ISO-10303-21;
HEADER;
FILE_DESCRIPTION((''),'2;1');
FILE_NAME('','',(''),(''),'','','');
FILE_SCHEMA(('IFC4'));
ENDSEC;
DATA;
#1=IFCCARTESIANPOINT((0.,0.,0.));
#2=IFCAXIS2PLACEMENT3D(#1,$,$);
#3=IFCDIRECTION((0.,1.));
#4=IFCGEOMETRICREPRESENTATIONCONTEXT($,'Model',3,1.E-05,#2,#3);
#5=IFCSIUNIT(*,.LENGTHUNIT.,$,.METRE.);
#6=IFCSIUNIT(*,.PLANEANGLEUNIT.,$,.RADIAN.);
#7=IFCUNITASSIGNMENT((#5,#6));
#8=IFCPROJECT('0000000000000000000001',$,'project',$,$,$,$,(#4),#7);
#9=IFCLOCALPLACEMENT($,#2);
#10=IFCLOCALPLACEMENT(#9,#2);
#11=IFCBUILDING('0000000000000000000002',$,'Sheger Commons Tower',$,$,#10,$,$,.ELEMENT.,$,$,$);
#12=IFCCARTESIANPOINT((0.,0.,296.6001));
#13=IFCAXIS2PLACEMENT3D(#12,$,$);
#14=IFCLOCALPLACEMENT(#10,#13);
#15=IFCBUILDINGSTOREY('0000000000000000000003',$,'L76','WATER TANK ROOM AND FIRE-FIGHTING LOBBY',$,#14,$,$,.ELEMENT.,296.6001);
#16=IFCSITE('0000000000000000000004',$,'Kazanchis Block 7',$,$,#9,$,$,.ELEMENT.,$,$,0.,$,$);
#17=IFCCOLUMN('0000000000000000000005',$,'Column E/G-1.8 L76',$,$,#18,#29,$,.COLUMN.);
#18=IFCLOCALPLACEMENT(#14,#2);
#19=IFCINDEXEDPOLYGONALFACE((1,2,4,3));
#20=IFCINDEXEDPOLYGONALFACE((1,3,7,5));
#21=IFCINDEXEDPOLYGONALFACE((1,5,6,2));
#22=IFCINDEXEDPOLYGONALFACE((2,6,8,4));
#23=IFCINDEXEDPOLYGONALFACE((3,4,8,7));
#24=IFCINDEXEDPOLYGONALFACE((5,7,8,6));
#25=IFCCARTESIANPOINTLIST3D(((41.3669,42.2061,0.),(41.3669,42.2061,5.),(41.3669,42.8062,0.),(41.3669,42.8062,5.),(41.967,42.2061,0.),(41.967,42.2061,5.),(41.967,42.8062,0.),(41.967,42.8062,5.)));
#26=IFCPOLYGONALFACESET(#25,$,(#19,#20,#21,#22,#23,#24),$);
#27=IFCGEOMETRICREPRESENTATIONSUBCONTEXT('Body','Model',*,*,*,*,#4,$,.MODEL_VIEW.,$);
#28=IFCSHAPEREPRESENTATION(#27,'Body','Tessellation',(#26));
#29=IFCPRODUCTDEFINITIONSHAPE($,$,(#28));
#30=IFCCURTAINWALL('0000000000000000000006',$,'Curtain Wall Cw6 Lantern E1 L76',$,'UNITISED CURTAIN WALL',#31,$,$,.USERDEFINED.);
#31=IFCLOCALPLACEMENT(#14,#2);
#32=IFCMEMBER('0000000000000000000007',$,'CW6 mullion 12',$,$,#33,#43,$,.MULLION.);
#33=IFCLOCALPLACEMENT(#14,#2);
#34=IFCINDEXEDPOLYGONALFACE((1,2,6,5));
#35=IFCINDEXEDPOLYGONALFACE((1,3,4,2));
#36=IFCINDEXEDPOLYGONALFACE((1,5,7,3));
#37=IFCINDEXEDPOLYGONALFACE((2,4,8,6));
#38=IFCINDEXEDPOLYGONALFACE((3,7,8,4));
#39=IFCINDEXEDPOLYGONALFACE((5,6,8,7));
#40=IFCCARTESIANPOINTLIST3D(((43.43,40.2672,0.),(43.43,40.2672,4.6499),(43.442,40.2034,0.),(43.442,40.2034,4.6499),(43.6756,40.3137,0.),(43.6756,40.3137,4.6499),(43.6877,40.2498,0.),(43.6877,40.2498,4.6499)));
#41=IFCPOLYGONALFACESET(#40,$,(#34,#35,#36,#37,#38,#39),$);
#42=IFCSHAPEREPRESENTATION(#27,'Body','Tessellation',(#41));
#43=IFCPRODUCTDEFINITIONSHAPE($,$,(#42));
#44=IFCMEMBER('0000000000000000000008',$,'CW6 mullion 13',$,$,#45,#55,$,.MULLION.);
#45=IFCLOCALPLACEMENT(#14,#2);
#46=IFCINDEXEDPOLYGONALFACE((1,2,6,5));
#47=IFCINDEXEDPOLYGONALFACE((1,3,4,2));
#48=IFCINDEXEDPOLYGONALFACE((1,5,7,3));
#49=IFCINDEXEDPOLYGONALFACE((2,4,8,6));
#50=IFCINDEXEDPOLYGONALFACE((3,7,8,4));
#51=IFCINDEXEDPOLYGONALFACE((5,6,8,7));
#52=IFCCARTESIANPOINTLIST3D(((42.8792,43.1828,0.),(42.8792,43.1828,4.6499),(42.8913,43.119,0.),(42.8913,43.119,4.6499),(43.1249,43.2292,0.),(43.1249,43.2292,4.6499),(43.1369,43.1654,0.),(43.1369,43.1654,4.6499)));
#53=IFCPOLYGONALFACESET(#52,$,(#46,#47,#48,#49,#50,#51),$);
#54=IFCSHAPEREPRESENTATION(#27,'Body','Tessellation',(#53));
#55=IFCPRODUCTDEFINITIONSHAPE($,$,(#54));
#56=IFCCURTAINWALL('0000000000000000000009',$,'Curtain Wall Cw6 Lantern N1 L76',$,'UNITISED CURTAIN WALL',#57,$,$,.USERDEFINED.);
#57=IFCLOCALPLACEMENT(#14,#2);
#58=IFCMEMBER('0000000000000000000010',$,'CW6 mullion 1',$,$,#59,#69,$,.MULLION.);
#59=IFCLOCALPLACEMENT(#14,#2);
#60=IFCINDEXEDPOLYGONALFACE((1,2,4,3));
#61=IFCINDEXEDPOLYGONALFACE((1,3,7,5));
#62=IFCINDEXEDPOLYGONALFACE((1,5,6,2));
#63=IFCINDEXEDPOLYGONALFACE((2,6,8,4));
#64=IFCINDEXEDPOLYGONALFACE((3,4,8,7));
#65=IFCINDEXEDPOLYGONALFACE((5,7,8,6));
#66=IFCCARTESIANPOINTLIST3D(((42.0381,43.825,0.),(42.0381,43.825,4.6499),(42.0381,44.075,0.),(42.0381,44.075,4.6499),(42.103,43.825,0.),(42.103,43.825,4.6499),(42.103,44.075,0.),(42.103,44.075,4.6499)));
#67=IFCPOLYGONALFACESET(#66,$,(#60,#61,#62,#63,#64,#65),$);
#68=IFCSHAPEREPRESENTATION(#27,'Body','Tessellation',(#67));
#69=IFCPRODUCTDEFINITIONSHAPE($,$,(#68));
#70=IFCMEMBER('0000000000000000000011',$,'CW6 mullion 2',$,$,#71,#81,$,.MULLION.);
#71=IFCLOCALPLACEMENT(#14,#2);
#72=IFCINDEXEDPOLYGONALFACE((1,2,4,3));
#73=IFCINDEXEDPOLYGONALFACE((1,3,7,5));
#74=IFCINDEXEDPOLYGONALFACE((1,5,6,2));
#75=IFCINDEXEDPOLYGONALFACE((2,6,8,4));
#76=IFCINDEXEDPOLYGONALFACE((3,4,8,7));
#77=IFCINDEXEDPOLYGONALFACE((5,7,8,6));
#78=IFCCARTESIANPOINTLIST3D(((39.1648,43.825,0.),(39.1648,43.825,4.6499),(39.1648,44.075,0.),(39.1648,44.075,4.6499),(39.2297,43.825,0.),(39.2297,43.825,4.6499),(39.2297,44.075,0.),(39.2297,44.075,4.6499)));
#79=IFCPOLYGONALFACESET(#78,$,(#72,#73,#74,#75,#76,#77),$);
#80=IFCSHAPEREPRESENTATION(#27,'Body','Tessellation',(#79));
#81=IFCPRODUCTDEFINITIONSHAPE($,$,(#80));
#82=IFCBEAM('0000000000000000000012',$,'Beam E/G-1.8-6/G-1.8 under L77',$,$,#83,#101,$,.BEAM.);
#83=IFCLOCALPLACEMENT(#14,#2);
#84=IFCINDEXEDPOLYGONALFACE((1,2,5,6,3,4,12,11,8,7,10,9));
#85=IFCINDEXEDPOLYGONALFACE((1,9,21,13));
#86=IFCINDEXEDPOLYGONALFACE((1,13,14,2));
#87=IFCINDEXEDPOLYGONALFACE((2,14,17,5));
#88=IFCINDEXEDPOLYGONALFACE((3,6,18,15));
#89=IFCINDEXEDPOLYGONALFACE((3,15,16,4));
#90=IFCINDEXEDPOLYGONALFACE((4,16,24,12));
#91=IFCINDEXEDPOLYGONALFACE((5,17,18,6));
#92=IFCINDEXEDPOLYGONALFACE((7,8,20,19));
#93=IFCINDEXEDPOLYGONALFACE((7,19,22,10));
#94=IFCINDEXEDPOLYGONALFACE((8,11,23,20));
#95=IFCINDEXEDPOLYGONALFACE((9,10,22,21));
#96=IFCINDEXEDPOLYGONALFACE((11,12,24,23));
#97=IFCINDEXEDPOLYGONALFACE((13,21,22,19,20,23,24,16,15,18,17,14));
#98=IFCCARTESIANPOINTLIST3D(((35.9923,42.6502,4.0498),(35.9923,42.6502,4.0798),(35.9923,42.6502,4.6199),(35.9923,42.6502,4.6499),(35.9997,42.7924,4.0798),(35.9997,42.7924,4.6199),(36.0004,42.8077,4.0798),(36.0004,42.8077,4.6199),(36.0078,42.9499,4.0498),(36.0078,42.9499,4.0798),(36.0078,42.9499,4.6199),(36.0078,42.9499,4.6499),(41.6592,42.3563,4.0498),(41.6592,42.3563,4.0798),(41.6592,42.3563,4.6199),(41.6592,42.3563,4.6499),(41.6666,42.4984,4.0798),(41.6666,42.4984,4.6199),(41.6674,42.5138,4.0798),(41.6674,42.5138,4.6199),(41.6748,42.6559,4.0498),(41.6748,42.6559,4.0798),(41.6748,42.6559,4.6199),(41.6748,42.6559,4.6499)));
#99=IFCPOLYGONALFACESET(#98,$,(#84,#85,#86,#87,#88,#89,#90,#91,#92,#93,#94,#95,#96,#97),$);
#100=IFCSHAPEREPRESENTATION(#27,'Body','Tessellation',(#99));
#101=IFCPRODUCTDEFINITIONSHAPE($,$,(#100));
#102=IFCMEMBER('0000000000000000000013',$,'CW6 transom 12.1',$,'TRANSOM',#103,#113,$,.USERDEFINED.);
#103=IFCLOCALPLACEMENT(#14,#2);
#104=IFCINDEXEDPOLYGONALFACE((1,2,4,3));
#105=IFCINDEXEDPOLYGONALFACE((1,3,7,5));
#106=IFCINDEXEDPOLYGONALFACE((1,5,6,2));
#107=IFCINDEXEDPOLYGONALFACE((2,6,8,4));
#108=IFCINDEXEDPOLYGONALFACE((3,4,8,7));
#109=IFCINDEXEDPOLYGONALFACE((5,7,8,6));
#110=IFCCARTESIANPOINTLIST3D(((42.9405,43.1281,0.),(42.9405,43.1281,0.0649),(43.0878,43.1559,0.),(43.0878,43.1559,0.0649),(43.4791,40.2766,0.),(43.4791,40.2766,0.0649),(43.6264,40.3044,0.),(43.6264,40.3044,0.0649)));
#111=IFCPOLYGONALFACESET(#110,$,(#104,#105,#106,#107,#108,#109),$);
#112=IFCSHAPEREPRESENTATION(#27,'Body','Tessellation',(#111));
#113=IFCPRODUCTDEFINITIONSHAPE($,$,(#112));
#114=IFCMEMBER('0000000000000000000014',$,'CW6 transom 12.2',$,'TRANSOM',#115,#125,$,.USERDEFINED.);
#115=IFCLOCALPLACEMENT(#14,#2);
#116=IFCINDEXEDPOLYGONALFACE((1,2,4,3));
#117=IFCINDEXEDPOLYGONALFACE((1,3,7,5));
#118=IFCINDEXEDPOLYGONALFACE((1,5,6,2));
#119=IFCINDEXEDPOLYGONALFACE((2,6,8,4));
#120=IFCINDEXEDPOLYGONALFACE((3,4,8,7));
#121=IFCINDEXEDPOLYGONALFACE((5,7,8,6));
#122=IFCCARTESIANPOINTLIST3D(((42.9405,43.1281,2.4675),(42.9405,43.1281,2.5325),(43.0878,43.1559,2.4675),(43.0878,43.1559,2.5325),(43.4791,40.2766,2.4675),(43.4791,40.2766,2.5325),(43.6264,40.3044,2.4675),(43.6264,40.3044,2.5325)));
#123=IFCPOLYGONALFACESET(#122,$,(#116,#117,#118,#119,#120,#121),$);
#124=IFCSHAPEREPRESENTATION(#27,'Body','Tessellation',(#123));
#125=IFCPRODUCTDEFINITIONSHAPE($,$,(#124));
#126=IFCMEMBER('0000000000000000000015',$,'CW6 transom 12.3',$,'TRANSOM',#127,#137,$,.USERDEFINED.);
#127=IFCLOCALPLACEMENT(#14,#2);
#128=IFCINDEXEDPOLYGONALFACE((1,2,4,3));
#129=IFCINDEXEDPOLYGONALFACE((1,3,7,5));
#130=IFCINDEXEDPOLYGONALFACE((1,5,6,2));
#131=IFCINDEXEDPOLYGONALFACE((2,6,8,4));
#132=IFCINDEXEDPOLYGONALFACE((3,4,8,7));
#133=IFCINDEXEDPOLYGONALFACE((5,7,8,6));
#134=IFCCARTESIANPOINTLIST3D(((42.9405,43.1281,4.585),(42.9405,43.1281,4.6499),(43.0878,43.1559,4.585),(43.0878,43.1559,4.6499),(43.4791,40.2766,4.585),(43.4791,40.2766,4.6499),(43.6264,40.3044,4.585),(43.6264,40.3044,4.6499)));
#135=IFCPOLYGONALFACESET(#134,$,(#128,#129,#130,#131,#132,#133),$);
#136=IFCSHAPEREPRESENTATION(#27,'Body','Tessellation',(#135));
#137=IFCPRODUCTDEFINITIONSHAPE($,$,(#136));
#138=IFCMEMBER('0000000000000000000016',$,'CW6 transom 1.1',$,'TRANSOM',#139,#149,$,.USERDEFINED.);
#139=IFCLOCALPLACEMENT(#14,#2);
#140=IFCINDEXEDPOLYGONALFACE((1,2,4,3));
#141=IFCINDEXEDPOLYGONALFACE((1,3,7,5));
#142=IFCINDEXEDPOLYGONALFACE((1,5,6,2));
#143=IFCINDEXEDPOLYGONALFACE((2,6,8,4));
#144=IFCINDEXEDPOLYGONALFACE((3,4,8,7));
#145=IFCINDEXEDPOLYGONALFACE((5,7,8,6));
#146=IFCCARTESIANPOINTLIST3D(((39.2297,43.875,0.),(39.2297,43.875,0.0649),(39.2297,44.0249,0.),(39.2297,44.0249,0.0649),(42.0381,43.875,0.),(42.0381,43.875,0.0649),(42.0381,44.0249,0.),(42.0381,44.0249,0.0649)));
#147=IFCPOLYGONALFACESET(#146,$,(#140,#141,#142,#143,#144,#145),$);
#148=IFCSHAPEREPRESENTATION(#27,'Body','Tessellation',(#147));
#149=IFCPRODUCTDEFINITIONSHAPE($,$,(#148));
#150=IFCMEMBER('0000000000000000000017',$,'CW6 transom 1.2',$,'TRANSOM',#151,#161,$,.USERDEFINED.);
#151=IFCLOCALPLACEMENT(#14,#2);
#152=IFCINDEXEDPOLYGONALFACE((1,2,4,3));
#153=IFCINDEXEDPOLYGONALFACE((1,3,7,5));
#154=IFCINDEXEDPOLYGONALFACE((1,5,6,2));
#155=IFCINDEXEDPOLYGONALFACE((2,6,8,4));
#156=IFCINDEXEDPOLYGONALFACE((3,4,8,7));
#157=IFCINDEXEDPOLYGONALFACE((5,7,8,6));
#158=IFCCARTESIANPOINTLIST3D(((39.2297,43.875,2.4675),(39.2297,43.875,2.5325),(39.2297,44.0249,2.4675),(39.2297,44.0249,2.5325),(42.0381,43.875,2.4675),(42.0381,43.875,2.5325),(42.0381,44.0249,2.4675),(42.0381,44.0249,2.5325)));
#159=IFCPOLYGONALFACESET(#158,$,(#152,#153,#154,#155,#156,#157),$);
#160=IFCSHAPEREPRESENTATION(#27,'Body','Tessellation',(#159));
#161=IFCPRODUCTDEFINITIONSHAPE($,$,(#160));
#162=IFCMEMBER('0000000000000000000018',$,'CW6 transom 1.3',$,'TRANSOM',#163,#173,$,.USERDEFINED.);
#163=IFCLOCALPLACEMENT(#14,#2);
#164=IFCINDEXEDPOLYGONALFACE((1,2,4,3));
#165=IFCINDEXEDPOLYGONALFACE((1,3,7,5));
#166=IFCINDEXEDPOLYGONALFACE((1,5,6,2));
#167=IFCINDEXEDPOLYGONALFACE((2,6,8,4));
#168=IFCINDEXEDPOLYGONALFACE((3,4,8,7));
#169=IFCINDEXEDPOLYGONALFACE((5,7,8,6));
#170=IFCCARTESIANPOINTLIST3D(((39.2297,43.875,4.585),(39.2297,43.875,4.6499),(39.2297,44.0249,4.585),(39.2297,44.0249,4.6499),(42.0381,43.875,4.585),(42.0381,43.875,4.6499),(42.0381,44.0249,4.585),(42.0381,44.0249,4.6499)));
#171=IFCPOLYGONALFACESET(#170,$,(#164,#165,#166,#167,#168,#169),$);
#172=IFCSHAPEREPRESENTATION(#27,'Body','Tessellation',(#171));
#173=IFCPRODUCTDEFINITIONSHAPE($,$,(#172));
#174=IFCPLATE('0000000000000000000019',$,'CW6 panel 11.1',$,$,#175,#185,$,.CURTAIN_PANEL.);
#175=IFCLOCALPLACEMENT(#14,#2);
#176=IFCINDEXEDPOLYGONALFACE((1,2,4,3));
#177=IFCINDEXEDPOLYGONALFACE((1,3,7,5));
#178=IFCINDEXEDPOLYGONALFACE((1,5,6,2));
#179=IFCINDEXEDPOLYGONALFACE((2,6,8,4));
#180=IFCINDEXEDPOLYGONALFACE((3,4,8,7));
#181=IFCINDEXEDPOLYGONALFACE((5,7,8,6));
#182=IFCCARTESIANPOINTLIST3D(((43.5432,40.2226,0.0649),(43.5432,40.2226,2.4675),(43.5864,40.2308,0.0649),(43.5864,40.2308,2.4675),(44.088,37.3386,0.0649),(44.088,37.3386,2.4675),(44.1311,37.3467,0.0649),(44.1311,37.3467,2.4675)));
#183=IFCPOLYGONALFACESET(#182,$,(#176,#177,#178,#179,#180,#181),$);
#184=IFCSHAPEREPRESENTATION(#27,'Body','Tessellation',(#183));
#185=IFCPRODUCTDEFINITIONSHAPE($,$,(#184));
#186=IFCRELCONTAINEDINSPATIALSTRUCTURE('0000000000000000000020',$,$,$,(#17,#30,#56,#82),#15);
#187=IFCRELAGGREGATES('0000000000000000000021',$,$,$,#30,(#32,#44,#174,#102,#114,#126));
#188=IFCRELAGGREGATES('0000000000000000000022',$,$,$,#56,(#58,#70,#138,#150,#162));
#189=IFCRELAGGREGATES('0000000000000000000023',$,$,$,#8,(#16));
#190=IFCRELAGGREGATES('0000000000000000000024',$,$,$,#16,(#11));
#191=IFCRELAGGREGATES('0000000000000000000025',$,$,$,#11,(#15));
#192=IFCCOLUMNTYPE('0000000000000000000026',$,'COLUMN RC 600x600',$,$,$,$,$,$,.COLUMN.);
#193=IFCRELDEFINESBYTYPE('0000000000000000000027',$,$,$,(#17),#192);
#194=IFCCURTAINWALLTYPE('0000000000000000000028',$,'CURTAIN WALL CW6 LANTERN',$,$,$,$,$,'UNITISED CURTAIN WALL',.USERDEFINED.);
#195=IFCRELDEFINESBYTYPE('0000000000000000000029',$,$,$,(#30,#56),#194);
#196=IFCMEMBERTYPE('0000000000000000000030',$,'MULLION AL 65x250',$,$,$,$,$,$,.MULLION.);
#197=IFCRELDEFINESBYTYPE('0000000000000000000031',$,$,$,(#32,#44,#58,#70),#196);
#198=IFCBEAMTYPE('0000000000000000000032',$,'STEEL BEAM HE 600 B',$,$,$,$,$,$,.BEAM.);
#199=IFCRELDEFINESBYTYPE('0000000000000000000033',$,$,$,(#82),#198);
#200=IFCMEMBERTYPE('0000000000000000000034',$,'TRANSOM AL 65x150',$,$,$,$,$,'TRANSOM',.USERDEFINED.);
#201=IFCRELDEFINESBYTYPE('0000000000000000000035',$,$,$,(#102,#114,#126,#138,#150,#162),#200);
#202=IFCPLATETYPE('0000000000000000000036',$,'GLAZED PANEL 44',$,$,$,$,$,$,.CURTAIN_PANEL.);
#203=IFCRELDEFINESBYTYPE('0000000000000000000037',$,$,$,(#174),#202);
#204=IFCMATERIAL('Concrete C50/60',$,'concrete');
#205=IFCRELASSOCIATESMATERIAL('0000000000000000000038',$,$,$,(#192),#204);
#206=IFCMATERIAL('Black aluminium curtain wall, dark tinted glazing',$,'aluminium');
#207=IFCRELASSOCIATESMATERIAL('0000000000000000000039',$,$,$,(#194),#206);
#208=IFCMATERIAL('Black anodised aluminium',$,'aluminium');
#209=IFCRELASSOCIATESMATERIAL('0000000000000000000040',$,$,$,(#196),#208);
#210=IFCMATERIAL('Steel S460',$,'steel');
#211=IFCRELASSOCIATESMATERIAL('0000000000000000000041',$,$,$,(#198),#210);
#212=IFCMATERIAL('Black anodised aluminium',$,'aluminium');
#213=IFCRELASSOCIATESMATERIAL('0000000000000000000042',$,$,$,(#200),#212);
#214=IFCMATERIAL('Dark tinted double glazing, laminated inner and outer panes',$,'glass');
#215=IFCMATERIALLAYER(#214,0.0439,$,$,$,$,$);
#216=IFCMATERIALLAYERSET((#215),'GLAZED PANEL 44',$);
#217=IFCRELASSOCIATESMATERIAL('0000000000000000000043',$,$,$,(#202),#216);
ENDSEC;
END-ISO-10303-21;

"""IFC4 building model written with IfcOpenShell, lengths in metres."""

from ifc_helpers import new_model, si_unit, direction, frame, origin, origin_2d, place, context, subcontext, project, spatial, rectangle, i_section, extrude, material, layer, layer_set, material_profile, profile_set, type_object, element, aggregate, save


model = new_model("IFC4")

# Units and contexts
model_context = context("Model", 3, precision=1e-05, world=origin(), true_north=direction((0.0, 1.0)))
body_context = subcontext(model_context, "Body", "Model", "MODEL_VIEW")
ifc_project = project(units=[si_unit("LENGTHUNIT", "METRE"), si_unit("PLANEANGLEUNIT", "RADIAN")], contexts=[model_context])

# Site, building, storey
site_placement = place(None, origin())
site = spatial("IfcSite", under=ifc_project, at=site_placement, Name="Kazanchis Block 7", CompositionType="ELEMENT", RefElevation=0.0)
building_placement = place(site_placement, origin())
building = spatial("IfcBuilding", under=site, at=building_placement, Name="Sheger Commons Tower", CompositionType="ELEMENT")
storey_placement = place(building_placement, frame((0.0, 0.0, 296.6001)))
storey = spatial("IfcBuildingStorey", under=building, at=storey_placement, Name="L76", Description="WATER TANK ROOM AND FIRE-FIGHTING LOBBY", CompositionType="ELEMENT", Elevation=296.6001)

# Column
ifc_material_1 = material(Name="Concrete C50/60", Category="concrete")
ifc_material_profile_1 = material_profile(ifc_material_1, rectangle(XDim=0.6001, YDim=0.6001, at=origin_2d()), Name="RC 600x600")
ifc_profile_set_1 = profile_set([ifc_material_profile_1], Name="Concrete C50/60")
column_type = type_object("IfcColumnType", Name="COLUMN RC 600x600", PredefinedType="COLUMN", material=ifc_profile_set_1)
column_placement = place(storey_placement, frame((41.667, 42.5061, 0.0), z_axis=(0.0, 0.0, 1.0), x_axis=(1.0, 0.0, 0.0)))
element("IfcColumn", 1, at=column_placement, inside=storey, type_object=column_type, Name="Column E/G-1.8 L76", PredefinedType="COLUMN", context=body_context, shape_type="SweptSolid", body=[
    extrude(rectangle(XDim=0.6001, YDim=0.6001, at=origin_2d()), origin(), (0.0, 0.0, 1.0), 5.0),
])

# Curtain walls, members
ifc_material_2 = material(Name="Black aluminium curtain wall, dark tinted glazing", Category="aluminium")
curtain_wall_type = type_object("IfcCurtainWallType", Name="CURTAIN WALL CW6 LANTERN", ElementType="UNITISED CURTAIN WALL", PredefinedType="USERDEFINED", material=ifc_material_2)
curtain_wall_1_placement = place(storey_placement, origin())
curtain_wall_1 = element("IfcCurtainWall", 2, at=curtain_wall_1_placement, inside=storey, type_object=curtain_wall_type, Name="Curtain Wall Cw6 Lantern E1 L76", ObjectType="UNITISED CURTAIN WALL", PredefinedType="USERDEFINED")
ifc_material_3 = material(Name="Black anodised aluminium", Category="aluminium")
ifc_material_profile_2 = material_profile(ifc_material_3, rectangle(XDim=0.25, YDim=0.0649, at=origin_2d()), Name="AL 65x250")
ifc_profile_set_2 = profile_set([ifc_material_profile_2], Name="Black anodised aluminium")
member_type_1 = type_object("IfcMemberType", Name="MULLION AL 65x250", PredefinedType="MULLION", material=ifc_profile_set_2)
member_1_placement = place(storey_placement, frame((43.5588, 40.2585, 0.0), z_axis=(0.0, 0.0, 1.0), x_axis=(-0.982623, -0.185613, 0.0)))
member_1 = element("IfcMember", 3, at=member_1_placement, type_object=member_type_1, Name="CW6 mullion 12", PredefinedType="MULLION", context=body_context, shape_type="SweptSolid", body=[
    extrude(rectangle(XDim=0.25, YDim=0.0649, at=origin_2d()), origin(), (0.0, 0.0, 1.0), 4.6499),
])
member_2_placement = place(storey_placement, frame((43.0081, 43.1741, 0.0), z_axis=(0.0, 0.0, 1.0), x_axis=(-0.982623, -0.185613, 0.0)))
member_2 = element("IfcMember", 4, at=member_2_placement, type_object=member_type_1, Name="CW6 mullion 13", PredefinedType="MULLION", context=body_context, shape_type="SweptSolid", body=[
    extrude(rectangle(XDim=0.25, YDim=0.0649, at=origin_2d()), origin(), (0.0, 0.0, 1.0), 4.6499),
])
curtain_wall_2_placement = place(storey_placement, origin())
curtain_wall_2 = element("IfcCurtainWall", 5, at=curtain_wall_2_placement, inside=storey, type_object=curtain_wall_type, Name="Curtain Wall Cw6 Lantern N1 L76", ObjectType="UNITISED CURTAIN WALL", PredefinedType="USERDEFINED")
member_3_placement = place(storey_placement, frame((42.0706, 43.95, 0.0), z_axis=(0.0, 0.0, 1.0), x_axis=(0.0, -1.0, 0.0)))
member_3 = element("IfcMember", 6, at=member_3_placement, type_object=member_type_1, Name="CW6 mullion 1", PredefinedType="MULLION", context=body_context, shape_type="SweptSolid", body=[
    extrude(rectangle(XDim=0.25, YDim=0.0649, at=origin_2d()), origin(), (0.0, 0.0, 1.0), 4.6499),
])
member_4_placement = place(storey_placement, frame((39.1973, 43.95, 0.0), z_axis=(0.0, 0.0, 1.0), x_axis=(0.0, -1.0, 0.0)))
member_4 = element("IfcMember", 7, at=member_4_placement, type_object=member_type_1, Name="CW6 mullion 2", PredefinedType="MULLION", context=body_context, shape_type="SweptSolid", body=[
    extrude(rectangle(XDim=0.25, YDim=0.0649, at=origin_2d()), origin(), (0.0, 0.0, 1.0), 4.6499),
])

# Beam
ifc_material_4 = material(Name="Steel S460", Category="steel")
ifc_material_profile_3 = material_profile(ifc_material_4, i_section(OverallWidth=0.3, OverallDepth=0.6001, WebThickness=0.0154, FlangeThickness=0.03, at=origin_2d()), Name="HE 600 B")
ifc_profile_set_3 = profile_set([ifc_material_profile_3], Name="Steel S460")
beam_type = type_object("IfcBeamType", Name="STEEL BEAM HE 600 B", PredefinedType="BEAM", material=ifc_profile_set_3)
beam_placement = place(storey_placement, frame((41.667, 42.5061, 4.3499), z_axis=(-0.998657, 0.0518, 0.0), x_axis=(-0.0518, -0.998657, 0.0)))
element("IfcBeam", 8, at=beam_placement, inside=storey, type_object=beam_type, Name="Beam E/G-1.8-6/G-1.8 under L77", PredefinedType="BEAM", context=body_context, shape_type="SweptSolid", body=[
    extrude(i_section(OverallWidth=0.3, OverallDepth=0.6001, WebThickness=0.0154, FlangeThickness=0.03, at=origin_2d()), origin(), (0.0, 0.0, 1.0), 5.6746),
])

# Members
ifc_material_5 = material(Name="Black anodised aluminium", Category="aluminium")
ifc_material_profile_4 = material_profile(ifc_material_5, rectangle(XDim=0.1499, YDim=0.0649, at=origin_2d()), Name="AL 65x150")
ifc_profile_set_4 = profile_set([ifc_material_profile_4], Name="Black anodised aluminium")
member_type_2 = type_object("IfcMemberType", Name="TRANSOM AL 65x150", ElementType="TRANSOM", PredefinedType="USERDEFINED", material=ifc_profile_set_4)
member_5_placement = place(storey_placement, frame((43.5527, 40.2905, 0.0325), z_axis=(-0.185589, 0.982628, 0.0), x_axis=(-0.982628, -0.185589, 0.0)))
member_5 = element("IfcMember", 9, at=member_5_placement, type_object=member_type_2, Name="CW6 transom 12.1", ObjectType="TRANSOM", PredefinedType="USERDEFINED", context=body_context, shape_type="SweptSolid", body=[
    extrude(rectangle(XDim=0.1499, YDim=0.0649, at=origin_2d()), origin(), (0.0, 0.0, 1.0), 2.9019),
])
member_6_placement = place(storey_placement, frame((43.5527, 40.2905, 2.5), z_axis=(-0.185589, 0.982628, 0.0), x_axis=(-0.982628, -0.185589, 0.0)))
member_6 = element("IfcMember", 10, at=member_6_placement, type_object=member_type_2, Name="CW6 transom 12.2", ObjectType="TRANSOM", PredefinedType="USERDEFINED", context=body_context, shape_type="SweptSolid", body=[
    extrude(rectangle(XDim=0.1499, YDim=0.0649, at=origin_2d()), origin(), (0.0, 0.0, 1.0), 2.9019),
])
member_7_placement = place(storey_placement, frame((43.5527, 40.2905, 4.6174), z_axis=(-0.185589, 0.982628, 0.0), x_axis=(-0.982628, -0.185589, 0.0)))
member_7 = element("IfcMember", 11, at=member_7_placement, type_object=member_type_2, Name="CW6 transom 12.3", ObjectType="TRANSOM", PredefinedType="USERDEFINED", context=body_context, shape_type="SweptSolid", body=[
    extrude(rectangle(XDim=0.1499, YDim=0.0649, at=origin_2d()), origin(), (0.0, 0.0, 1.0), 2.9019),
])
member_8_placement = place(storey_placement, frame((42.0381, 43.95, 0.0325), z_axis=(-1.0, 0.0, 0.0), x_axis=(0.0, -1.0, 0.0)))
member_8 = element("IfcMember", 12, at=member_8_placement, type_object=member_type_2, Name="CW6 transom 1.1", ObjectType="TRANSOM", PredefinedType="USERDEFINED", context=body_context, shape_type="SweptSolid", body=[
    extrude(rectangle(XDim=0.1499, YDim=0.0649, at=origin_2d()), origin(), (0.0, 0.0, 1.0), 2.8083),
])
member_9_placement = place(storey_placement, frame((42.0381, 43.95, 2.5), z_axis=(-1.0, 0.0, 0.0), x_axis=(0.0, -1.0, 0.0)))
member_9 = element("IfcMember", 13, at=member_9_placement, type_object=member_type_2, Name="CW6 transom 1.2", ObjectType="TRANSOM", PredefinedType="USERDEFINED", context=body_context, shape_type="SweptSolid", body=[
    extrude(rectangle(XDim=0.1499, YDim=0.0649, at=origin_2d()), origin(), (0.0, 0.0, 1.0), 2.8083),
])
member_10_placement = place(storey_placement, frame((42.0381, 43.95, 4.6174), z_axis=(-1.0, 0.0, 0.0), x_axis=(0.0, -1.0, 0.0)))
member_10 = element("IfcMember", 14, at=member_10_placement, type_object=member_type_2, Name="CW6 transom 1.3", ObjectType="TRANSOM", PredefinedType="USERDEFINED", context=body_context, shape_type="SweptSolid", body=[
    extrude(rectangle(XDim=0.1499, YDim=0.0649, at=origin_2d()), origin(), (0.0, 0.0, 1.0), 2.8083),
])

# Plate
ifc_material_6 = material(Name="Dark tinted double glazing, laminated inner and outer panes", Category="glass")
ifc_layer_1 = layer(ifc_material_6, 0.0439)
ifc_layer_set_1 = layer_set([ifc_layer_1], Name="GLAZED PANEL 44")
plate_type = type_object("IfcPlateType", Name="GLAZED PANEL 44", PredefinedType="CURTAIN_PANEL", material=ifc_layer_set_1)
plate_1_placement = place(storey_placement, frame((43.8372, 38.7847, 0.0649), z_axis=(0.0, 0.0, 1.0), x_axis=(-0.185613, 0.982623, 0.0)))
plate_1 = element("IfcPlate", 15, at=plate_1_placement, type_object=plate_type, Name="CW6 panel 11.1", PredefinedType="CURTAIN_PANEL", context=body_context, shape_type="SweptSolid", body=[
    extrude(rectangle(XDim=2.9351, YDim=0.0439, at=origin_2d()), origin(), (0.0, 0.0, 1.0), 2.4026),
])
aggregate(curtain_wall_1, [member_1, member_2, plate_1, member_5, member_6, member_7])
aggregate(curtain_wall_2, [member_3, member_4, member_8, member_9, member_10])

save(model, "model.ifc")
